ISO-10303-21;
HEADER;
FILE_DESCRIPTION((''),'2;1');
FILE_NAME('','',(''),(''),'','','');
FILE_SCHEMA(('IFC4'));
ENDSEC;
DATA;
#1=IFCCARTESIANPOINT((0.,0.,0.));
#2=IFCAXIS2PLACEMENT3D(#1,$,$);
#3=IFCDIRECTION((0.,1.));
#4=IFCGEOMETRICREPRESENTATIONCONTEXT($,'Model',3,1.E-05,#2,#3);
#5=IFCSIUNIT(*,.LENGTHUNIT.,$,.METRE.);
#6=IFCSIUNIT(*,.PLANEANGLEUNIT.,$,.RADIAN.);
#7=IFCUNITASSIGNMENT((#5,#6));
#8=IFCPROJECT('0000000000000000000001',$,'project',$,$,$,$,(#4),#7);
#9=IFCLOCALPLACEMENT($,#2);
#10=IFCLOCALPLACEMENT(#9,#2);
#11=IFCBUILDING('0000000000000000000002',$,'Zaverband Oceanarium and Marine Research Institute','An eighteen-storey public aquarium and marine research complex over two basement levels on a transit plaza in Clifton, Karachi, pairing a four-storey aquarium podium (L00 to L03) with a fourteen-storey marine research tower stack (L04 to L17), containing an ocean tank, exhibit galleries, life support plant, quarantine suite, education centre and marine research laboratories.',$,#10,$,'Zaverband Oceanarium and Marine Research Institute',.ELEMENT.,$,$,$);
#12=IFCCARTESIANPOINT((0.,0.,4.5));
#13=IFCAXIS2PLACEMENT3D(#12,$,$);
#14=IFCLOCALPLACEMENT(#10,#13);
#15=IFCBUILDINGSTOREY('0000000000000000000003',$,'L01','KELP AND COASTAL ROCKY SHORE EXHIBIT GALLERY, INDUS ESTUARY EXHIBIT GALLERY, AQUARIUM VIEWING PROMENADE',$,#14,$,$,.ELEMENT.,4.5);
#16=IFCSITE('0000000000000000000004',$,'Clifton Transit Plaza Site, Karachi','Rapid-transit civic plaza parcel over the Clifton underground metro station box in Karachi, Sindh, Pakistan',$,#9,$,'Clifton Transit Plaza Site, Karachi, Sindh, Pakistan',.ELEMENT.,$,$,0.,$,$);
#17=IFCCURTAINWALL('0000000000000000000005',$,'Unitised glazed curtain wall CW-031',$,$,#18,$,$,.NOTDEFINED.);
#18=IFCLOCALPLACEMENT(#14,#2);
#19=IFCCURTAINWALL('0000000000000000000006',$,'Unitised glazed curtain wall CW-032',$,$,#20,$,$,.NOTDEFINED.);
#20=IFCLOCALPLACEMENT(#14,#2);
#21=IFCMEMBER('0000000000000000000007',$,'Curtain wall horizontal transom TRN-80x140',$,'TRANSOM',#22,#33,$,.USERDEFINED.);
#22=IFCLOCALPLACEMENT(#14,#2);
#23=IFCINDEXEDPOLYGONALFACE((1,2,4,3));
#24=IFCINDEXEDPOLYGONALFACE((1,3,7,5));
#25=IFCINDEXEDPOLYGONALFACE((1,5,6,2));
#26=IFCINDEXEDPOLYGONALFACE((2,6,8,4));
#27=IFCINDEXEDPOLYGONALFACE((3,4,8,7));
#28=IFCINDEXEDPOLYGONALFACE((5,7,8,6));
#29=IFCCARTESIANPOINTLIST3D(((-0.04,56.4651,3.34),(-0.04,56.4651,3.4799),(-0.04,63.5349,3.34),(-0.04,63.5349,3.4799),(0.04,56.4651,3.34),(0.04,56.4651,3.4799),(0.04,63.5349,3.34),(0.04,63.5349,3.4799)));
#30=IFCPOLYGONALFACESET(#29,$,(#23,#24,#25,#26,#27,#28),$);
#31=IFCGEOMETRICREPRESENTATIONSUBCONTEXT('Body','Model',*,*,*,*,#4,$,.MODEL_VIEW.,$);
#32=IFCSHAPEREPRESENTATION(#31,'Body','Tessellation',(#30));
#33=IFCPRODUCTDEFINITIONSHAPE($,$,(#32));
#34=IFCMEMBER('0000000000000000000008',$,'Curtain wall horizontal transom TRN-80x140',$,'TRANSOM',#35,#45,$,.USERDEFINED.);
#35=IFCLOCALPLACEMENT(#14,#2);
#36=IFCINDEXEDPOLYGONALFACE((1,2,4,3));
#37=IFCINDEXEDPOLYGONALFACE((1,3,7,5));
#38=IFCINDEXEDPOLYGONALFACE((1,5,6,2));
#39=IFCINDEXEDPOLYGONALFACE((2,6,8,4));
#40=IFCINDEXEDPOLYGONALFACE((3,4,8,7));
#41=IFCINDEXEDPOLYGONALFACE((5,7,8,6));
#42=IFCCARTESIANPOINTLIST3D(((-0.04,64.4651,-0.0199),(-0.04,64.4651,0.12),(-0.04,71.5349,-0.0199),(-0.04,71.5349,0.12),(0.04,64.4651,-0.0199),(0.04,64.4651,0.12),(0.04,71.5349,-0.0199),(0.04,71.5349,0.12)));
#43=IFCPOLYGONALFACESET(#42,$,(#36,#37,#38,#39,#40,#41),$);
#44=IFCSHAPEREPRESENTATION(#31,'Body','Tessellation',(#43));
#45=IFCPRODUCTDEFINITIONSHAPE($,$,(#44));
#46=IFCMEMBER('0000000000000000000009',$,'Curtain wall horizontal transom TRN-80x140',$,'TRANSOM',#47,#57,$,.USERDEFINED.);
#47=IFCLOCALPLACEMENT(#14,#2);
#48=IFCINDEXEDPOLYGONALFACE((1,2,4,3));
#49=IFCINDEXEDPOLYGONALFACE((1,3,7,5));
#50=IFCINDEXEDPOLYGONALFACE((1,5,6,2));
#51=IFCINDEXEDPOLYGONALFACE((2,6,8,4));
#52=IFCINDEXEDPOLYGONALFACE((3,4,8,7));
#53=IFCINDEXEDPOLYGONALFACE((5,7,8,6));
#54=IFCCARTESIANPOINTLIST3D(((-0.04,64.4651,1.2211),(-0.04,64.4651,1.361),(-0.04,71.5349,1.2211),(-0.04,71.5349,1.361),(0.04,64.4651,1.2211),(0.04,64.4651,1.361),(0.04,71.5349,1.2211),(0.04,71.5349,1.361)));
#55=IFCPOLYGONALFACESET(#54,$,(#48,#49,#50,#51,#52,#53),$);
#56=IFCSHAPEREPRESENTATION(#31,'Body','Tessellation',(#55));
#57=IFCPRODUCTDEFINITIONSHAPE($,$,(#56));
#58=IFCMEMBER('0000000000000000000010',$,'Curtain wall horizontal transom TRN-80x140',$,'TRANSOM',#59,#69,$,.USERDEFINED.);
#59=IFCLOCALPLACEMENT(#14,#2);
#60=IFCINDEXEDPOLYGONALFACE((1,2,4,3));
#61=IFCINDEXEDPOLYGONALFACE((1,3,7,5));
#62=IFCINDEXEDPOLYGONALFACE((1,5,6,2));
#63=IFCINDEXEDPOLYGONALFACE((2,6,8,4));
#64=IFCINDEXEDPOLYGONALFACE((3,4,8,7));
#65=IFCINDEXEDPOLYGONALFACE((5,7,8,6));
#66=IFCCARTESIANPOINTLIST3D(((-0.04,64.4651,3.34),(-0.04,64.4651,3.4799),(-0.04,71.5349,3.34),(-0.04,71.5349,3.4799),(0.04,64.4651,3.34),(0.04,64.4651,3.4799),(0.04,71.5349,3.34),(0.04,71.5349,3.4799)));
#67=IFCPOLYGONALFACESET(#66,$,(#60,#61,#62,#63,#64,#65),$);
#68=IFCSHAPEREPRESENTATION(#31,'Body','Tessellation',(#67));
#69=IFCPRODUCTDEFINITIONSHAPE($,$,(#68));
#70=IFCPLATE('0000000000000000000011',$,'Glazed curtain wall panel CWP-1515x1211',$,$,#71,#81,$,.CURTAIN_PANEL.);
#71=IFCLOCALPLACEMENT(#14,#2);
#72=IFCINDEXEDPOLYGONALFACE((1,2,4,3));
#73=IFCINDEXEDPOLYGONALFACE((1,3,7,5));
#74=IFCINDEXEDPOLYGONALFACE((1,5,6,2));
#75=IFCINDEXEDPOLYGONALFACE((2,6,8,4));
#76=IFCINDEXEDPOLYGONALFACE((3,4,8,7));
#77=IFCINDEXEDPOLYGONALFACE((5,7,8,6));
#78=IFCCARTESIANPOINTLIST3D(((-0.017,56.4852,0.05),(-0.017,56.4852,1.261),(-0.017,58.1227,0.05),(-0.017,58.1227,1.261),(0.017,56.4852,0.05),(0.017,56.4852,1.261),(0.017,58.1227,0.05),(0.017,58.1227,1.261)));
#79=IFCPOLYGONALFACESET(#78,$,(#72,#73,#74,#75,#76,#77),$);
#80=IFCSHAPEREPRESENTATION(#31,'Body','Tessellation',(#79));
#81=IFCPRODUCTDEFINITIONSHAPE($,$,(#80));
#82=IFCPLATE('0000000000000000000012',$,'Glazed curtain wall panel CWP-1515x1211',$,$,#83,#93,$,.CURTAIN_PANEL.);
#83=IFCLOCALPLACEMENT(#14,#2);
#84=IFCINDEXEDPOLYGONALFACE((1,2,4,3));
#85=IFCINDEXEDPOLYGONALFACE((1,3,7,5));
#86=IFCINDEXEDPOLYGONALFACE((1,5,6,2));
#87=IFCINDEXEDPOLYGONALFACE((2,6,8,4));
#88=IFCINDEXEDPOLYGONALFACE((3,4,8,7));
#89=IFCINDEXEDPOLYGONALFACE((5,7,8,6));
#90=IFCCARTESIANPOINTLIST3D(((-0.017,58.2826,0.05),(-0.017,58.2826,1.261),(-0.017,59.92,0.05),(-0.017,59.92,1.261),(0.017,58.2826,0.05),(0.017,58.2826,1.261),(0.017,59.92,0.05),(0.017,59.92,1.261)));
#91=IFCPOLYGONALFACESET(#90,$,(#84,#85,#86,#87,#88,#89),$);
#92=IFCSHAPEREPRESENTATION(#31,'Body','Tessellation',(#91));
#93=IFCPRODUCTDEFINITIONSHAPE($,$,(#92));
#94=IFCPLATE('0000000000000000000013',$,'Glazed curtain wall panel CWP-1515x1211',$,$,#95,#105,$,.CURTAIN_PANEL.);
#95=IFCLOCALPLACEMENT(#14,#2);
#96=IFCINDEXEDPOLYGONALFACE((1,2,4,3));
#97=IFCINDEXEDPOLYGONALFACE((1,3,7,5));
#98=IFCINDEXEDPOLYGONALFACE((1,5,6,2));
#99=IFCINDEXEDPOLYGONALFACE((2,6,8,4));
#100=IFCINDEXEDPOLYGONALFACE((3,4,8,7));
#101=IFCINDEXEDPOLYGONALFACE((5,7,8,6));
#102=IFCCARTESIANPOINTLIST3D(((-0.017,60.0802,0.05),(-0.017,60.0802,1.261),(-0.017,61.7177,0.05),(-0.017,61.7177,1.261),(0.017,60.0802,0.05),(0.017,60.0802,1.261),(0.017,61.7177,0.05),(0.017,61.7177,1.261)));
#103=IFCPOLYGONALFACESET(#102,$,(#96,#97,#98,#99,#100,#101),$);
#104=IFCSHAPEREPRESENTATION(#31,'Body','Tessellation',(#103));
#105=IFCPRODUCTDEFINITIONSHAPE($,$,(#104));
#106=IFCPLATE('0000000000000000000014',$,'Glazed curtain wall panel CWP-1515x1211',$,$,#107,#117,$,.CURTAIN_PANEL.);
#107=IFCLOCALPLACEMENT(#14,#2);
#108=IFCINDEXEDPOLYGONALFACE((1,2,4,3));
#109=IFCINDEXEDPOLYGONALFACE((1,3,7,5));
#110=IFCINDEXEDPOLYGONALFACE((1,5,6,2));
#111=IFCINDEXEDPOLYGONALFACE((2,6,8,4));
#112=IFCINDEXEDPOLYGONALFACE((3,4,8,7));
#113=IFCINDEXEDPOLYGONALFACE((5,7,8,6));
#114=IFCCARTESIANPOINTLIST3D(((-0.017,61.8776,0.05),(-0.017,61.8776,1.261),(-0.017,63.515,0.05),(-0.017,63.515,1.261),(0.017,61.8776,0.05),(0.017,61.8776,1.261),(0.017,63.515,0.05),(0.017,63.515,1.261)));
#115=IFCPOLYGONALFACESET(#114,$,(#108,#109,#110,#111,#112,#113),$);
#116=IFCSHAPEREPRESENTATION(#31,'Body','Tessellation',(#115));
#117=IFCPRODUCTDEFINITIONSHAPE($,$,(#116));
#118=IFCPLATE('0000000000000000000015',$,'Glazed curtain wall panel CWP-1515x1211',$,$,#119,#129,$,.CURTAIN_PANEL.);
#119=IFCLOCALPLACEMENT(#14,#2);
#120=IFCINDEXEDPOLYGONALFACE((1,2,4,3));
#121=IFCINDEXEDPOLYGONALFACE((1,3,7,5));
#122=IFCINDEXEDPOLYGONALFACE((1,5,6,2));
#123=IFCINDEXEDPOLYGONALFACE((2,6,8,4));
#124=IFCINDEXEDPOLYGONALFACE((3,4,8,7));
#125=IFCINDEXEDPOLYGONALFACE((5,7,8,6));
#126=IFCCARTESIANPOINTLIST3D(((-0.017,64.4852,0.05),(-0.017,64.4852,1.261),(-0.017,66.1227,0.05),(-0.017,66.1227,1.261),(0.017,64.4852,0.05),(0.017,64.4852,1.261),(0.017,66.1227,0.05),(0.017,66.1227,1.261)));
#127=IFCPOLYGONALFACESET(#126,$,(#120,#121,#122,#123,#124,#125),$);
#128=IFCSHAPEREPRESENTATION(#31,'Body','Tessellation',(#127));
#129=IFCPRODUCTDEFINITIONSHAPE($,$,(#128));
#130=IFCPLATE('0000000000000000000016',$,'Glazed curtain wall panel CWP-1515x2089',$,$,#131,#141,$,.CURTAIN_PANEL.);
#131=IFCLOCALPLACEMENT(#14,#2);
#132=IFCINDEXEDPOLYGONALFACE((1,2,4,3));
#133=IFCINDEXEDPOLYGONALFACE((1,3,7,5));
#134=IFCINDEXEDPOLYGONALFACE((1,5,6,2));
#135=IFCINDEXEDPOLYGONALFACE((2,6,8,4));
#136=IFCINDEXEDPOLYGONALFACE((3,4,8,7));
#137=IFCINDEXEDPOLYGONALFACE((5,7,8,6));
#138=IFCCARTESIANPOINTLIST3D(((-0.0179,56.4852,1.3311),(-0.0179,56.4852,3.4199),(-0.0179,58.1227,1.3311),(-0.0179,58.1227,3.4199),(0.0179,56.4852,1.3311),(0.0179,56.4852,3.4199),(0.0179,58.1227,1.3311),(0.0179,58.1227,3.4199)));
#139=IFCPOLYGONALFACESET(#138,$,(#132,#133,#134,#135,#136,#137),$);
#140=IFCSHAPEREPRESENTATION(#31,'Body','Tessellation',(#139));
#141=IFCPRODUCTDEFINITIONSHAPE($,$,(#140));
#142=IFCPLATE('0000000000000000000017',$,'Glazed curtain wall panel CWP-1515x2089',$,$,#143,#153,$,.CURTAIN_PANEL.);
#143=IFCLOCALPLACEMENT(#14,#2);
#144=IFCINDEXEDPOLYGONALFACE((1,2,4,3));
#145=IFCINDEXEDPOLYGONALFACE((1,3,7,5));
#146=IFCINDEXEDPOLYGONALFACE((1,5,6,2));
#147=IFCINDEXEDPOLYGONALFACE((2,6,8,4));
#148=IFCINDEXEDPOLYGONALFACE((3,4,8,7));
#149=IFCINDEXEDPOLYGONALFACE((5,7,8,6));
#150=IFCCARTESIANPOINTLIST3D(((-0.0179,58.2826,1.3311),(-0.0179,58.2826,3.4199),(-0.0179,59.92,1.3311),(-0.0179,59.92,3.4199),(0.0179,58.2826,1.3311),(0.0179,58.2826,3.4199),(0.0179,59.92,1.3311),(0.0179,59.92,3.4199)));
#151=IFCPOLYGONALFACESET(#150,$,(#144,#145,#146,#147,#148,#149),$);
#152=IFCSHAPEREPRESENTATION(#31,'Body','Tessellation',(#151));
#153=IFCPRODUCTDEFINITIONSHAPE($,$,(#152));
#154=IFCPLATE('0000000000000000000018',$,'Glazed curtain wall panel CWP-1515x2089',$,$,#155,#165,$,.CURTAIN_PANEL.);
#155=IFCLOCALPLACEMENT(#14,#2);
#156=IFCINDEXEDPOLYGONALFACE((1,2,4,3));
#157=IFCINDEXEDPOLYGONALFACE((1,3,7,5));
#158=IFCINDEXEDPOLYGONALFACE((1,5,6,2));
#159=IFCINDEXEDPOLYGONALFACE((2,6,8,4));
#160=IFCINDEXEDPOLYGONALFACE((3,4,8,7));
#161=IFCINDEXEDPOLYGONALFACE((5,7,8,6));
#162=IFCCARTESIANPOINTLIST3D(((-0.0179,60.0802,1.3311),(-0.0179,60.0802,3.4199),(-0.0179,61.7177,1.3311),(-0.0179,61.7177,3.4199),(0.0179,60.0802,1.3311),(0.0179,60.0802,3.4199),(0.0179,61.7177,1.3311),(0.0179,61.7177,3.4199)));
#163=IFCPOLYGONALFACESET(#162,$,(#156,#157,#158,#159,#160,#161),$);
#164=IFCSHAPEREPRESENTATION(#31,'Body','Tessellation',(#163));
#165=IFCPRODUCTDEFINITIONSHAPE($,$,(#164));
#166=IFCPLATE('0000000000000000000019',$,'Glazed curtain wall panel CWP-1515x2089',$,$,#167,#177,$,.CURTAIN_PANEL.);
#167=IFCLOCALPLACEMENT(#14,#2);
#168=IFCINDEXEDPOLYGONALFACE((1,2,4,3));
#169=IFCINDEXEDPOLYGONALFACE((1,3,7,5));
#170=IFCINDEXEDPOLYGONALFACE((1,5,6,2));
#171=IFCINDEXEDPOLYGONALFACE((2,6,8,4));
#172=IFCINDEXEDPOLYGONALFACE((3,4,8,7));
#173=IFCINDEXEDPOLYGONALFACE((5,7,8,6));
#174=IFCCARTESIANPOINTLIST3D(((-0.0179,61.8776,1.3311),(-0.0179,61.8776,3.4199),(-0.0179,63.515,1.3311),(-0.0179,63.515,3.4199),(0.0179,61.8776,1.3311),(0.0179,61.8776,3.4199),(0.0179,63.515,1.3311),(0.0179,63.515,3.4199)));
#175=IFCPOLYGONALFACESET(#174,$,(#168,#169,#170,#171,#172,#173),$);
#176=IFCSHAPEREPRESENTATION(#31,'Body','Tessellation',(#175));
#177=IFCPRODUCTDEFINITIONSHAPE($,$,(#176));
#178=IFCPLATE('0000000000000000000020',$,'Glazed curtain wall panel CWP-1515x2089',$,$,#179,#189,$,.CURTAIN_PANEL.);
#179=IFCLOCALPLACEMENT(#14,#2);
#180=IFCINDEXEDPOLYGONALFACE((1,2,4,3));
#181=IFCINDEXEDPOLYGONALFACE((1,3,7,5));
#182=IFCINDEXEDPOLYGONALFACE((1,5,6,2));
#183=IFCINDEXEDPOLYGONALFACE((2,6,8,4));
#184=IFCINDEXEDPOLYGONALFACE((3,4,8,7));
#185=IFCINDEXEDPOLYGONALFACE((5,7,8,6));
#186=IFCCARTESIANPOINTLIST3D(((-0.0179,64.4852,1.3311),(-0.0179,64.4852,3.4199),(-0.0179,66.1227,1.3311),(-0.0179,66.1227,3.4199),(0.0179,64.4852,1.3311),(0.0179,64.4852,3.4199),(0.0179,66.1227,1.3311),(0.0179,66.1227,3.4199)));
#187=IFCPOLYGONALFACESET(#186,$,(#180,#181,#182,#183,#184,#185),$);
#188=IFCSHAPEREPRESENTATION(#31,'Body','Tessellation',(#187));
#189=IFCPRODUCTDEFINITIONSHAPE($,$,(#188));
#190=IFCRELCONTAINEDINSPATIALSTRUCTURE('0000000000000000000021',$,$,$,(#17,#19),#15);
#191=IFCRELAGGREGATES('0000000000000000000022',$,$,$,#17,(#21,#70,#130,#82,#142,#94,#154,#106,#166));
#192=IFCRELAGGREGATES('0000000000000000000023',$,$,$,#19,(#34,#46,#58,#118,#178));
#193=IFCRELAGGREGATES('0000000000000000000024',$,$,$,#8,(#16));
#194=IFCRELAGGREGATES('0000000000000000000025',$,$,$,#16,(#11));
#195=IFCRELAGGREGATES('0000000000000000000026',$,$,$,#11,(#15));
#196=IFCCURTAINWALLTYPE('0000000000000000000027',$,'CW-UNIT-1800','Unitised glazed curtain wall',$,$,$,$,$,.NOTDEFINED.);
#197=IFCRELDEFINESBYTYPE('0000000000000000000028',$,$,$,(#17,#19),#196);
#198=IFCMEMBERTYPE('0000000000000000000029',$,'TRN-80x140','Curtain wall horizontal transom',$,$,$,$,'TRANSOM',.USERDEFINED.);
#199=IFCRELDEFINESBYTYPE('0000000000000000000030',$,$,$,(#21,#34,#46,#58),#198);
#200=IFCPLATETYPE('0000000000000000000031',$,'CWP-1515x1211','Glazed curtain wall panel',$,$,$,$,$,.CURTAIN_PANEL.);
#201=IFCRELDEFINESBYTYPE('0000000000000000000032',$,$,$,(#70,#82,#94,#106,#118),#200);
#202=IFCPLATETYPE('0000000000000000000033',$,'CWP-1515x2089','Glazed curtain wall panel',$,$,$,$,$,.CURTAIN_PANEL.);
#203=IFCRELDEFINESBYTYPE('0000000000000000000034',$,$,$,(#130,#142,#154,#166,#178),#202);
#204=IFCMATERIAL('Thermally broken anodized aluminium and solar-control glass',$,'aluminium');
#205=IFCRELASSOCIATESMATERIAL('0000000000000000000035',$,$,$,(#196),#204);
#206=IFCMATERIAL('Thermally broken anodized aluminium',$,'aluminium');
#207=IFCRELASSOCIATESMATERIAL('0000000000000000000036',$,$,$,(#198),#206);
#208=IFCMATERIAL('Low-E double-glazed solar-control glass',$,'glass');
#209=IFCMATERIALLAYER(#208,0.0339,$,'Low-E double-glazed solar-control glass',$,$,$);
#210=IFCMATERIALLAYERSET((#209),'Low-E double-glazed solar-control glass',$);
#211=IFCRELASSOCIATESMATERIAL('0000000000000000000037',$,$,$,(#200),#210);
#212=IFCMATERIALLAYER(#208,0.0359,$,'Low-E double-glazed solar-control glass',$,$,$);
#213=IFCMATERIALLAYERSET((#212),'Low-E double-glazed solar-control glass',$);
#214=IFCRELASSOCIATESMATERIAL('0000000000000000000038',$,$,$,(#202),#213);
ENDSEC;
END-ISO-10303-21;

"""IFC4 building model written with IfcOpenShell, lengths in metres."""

from ifc_helpers import new_model, si_unit, direction, frame, frame_2d, origin, origin_2d, place, context, subcontext, project, spatial, rectangle, extrude, material, layer, layer_set, material_profile, profile_set, type_object, element, aggregate, save


model = new_model("IFC4")

# Units and contexts
model_context = context("Model", 3, precision=1e-05, world=origin(), true_north=direction((0.0, 1.0)))
body_context = subcontext(model_context, "Body", "Model", "MODEL_VIEW")
ifc_project = project(units=[si_unit("LENGTHUNIT", "METRE"), si_unit("PLANEANGLEUNIT", "RADIAN")], contexts=[model_context])

# Site, building, storey
site_placement = place(None, origin())
site = spatial("IfcSite", under=ifc_project, at=site_placement, Name="Clifton Transit Plaza Site, Karachi", Description="Rapid-transit civic plaza parcel over the Clifton underground metro station box in Karachi, Sindh, Pakistan", LongName="Clifton Transit Plaza Site, Karachi, Sindh, Pakistan", CompositionType="ELEMENT", RefElevation=0.0)
building_placement = place(site_placement, origin())
building = spatial("IfcBuilding", under=site, at=building_placement, Name="Zaverband Oceanarium and Marine Research Institute", Description="An eighteen-storey public aquarium and marine research complex over two basement levels on a transit plaza in Clifton, Karachi, pairing a four-storey aquarium podium (L00 to L03) with a fourteen-storey marine research tower stack (L04 to L17), containing an ocean tank, exhibit galleries, life support plant, quarantine suite, education centre and marine research laboratories.", LongName="Zaverband Oceanarium and Marine Research Institute", CompositionType="ELEMENT")
storey_placement = place(building_placement, frame((0.0, 0.0, 4.5)))
storey = spatial("IfcBuildingStorey", under=building, at=storey_placement, Name="L01", Description="KELP AND COASTAL ROCKY SHORE EXHIBIT GALLERY, INDUS ESTUARY EXHIBIT GALLERY, AQUARIUM VIEWING PROMENADE", CompositionType="ELEMENT", Elevation=4.5)

# Curtain walls
ifc_material_1 = material(Name="Thermally broken anodized aluminium and solar-control glass", Category="aluminium")
curtain_wall_type = type_object("IfcCurtainWallType", Name="CW-UNIT-1800", Description="Unitised glazed curtain wall", PredefinedType="NOTDEFINED", material=ifc_material_1)
curtain_wall_1_placement = place(storey_placement, origin())
curtain_wall_1 = element("IfcCurtainWall", 1, at=curtain_wall_1_placement, inside=storey, type_object=curtain_wall_type, Name="Unitised glazed curtain wall CW-031", PredefinedType="NOTDEFINED")
ifc_material_2 = material(Name="Thermally broken anodized aluminium", Category="aluminium")
curtain_wall_2_placement = place(storey_placement, origin())
curtain_wall_2 = element("IfcCurtainWall", 2, at=curtain_wall_2_placement, inside=storey, type_object=curtain_wall_type, Name="Unitised glazed curtain wall CW-032", PredefinedType="NOTDEFINED")

# Members
ifc_material_profile_1 = material_profile(ifc_material_2, rectangle(XDim=0.0801, YDim=0.1399, at=origin_2d()), Name="AL-TRN-80x140")
ifc_profile_set_1 = profile_set([ifc_material_profile_1], Name="Thermally broken anodized aluminium")
member_type_1 = type_object("IfcMemberType", Name="TRN-80x140", Description="Curtain wall horizontal transom", ElementType="TRANSOM", PredefinedType="USERDEFINED", material=ifc_profile_set_1)
member_1_placement = place(storey_placement, frame((0.0, 56.4651, 3.4099), z_axis=(0.0, 1.0, 0.0), x_axis=(-1.0, 0.0, 0.0)))
member_1 = element("IfcMember", 3, at=member_1_placement, type_object=member_type_1, Name="Curtain wall horizontal transom TRN-80x140", ObjectType="TRANSOM", PredefinedType="USERDEFINED", context=body_context, shape_type="SweptSolid", body=[
    extrude(rectangle(XDim=0.0801, YDim=0.1399, at=origin_2d()), origin(), (0.0, 0.0, 1.0), 7.0698),
])
member_2_placement = place(storey_placement, frame((0.0, 64.4651, 0.05), z_axis=(0.0, 1.0, 0.0), x_axis=(-1.0, 0.0, 0.0)))
member_2 = element("IfcMember", 4, at=member_2_placement, type_object=member_type_1, Name="Curtain wall horizontal transom TRN-80x140", ObjectType="TRANSOM", PredefinedType="USERDEFINED", context=body_context, shape_type="SweptSolid", body=[
    extrude(rectangle(XDim=0.0801, YDim=0.1399, at=origin_2d()), origin(), (0.0, 0.0, 1.0), 7.0698),
])
member_3_placement = place(storey_placement, frame((0.0, 64.4651, 1.291), z_axis=(0.0, 1.0, 0.0), x_axis=(-1.0, 0.0, 0.0)))
member_3 = element("IfcMember", 5, at=member_3_placement, type_object=member_type_1, Name="Curtain wall horizontal transom TRN-80x140", ObjectType="TRANSOM", PredefinedType="USERDEFINED", context=body_context, shape_type="SweptSolid", body=[
    extrude(rectangle(XDim=0.0801, YDim=0.1399, at=origin_2d()), origin(), (0.0, 0.0, 1.0), 7.0698),
])
member_4_placement = place(storey_placement, frame((0.0, 64.4651, 3.4099), z_axis=(0.0, 1.0, 0.0), x_axis=(-1.0, 0.0, 0.0)))
member_4 = element("IfcMember", 6, at=member_4_placement, type_object=member_type_1, Name="Curtain wall horizontal transom TRN-80x140", ObjectType="TRANSOM", PredefinedType="USERDEFINED", context=body_context, shape_type="SweptSolid", body=[
    extrude(rectangle(XDim=0.0801, YDim=0.1399, at=origin_2d()), origin(), (0.0, 0.0, 1.0), 7.0698),
])

# Plates
ifc_material_3 = material(Name="Low-E double-glazed solar-control glass", Category="glass")
ifc_layer_1 = layer(ifc_material_3, 0.0339, Name="Low-E double-glazed solar-control glass")
ifc_layer_set_1 = layer_set([ifc_layer_1], Name="Low-E double-glazed solar-control glass")
plate_type_1 = type_object("IfcPlateType", Name="CWP-1515x1211", Description="Glazed curtain wall panel", PredefinedType="CURTAIN_PANEL", material=ifc_layer_set_1)
plate_1_placement = place(storey_placement, frame((0.0, 56.4851, 0.05), z_axis=(0.0, 0.0, 1.0), x_axis=(0.0, 1.0, 0.0)))
plate_1 = element("IfcPlate", 7, at=plate_1_placement, type_object=plate_type_1, Name="Glazed curtain wall panel CWP-1515x1211", PredefinedType="CURTAIN_PANEL", context=body_context, shape_type="SweptSolid", body=[
    extrude(rectangle(XDim=1.6375, YDim=0.0339, at=frame_2d((0.8188, 0.0))), origin(), (0.0, 0.0, 1.0), 1.2109),
])
plate_2_placement = place(storey_placement, frame((0.0, 58.2825, 0.05), z_axis=(0.0, 0.0, 1.0), x_axis=(0.0, 1.0, 0.0)))
plate_2 = element("IfcPlate", 8, at=plate_2_placement, type_object=plate_type_1, Name="Glazed curtain wall panel CWP-1515x1211", PredefinedType="CURTAIN_PANEL", context=body_context, shape_type="SweptSolid", body=[
    extrude(rectangle(XDim=1.6375, YDim=0.0339, at=frame_2d((0.8188, 0.0))), origin(), (0.0, 0.0, 1.0), 1.2109),
])
plate_3_placement = place(storey_placement, frame((0.0, 60.0801, 0.05), z_axis=(0.0, 0.0, 1.0), x_axis=(0.0, 1.0, 0.0)))
plate_3 = element("IfcPlate", 9, at=plate_3_placement, type_object=plate_type_1, Name="Glazed curtain wall panel CWP-1515x1211", PredefinedType="CURTAIN_PANEL", context=body_context, shape_type="SweptSolid", body=[
    extrude(rectangle(XDim=1.6375, YDim=0.0339, at=frame_2d((0.8188, 0.0))), origin(), (0.0, 0.0, 1.0), 1.2109),
])
plate_4_placement = place(storey_placement, frame((0.0, 61.8774, 0.05), z_axis=(0.0, 0.0, 1.0), x_axis=(0.0, 1.0, 0.0)))
plate_4 = element("IfcPlate", 10, at=plate_4_placement, type_object=plate_type_1, Name="Glazed curtain wall panel CWP-1515x1211", PredefinedType="CURTAIN_PANEL", context=body_context, shape_type="SweptSolid", body=[
    extrude(rectangle(XDim=1.6375, YDim=0.0339, at=frame_2d((0.8188, 0.0))), origin(), (0.0, 0.0, 1.0), 1.2109),
])
plate_5_placement = place(storey_placement, frame((0.0, 64.4851, 0.05), z_axis=(0.0, 0.0, 1.0), x_axis=(0.0, 1.0, 0.0)))
plate_5 = element("IfcPlate", 11, at=plate_5_placement, type_object=plate_type_1, Name="Glazed curtain wall panel CWP-1515x1211", PredefinedType="CURTAIN_PANEL", context=body_context, shape_type="SweptSolid", body=[
    extrude(rectangle(XDim=1.6375, YDim=0.0339, at=frame_2d((0.8188, 0.0))), origin(), (0.0, 0.0, 1.0), 1.2109),
])
ifc_layer_2 = layer(ifc_material_3, 0.0359, Name="Low-E double-glazed solar-control glass")
ifc_layer_set_2 = layer_set([ifc_layer_2], Name="Low-E double-glazed solar-control glass")
plate_type_2 = type_object("IfcPlateType", Name="CWP-1515x2089", Description="Glazed curtain wall panel", PredefinedType="CURTAIN_PANEL", material=ifc_layer_set_2)
plate_6_placement = place(storey_placement, frame((0.0, 56.4851, 1.3311), z_axis=(0.0, 0.0, 1.0), x_axis=(0.0, 1.0, 0.0)))
plate_6 = element("IfcPlate", 12, at=plate_6_placement, type_object=plate_type_2, Name="Glazed curtain wall panel CWP-1515x2089", PredefinedType="CURTAIN_PANEL", context=body_context, shape_type="SweptSolid", body=[
    extrude(rectangle(XDim=1.6375, YDim=0.0359, at=frame_2d((0.8188, 0.0))), origin(), (0.0, 0.0, 1.0), 2.0889),
])
plate_7_placement = place(storey_placement, frame((0.0, 58.2825, 1.3311), z_axis=(0.0, 0.0, 1.0), x_axis=(0.0, 1.0, 0.0)))
plate_7 = element("IfcPlate", 13, at=plate_7_placement, type_object=plate_type_2, Name="Glazed curtain wall panel CWP-1515x2089", PredefinedType="CURTAIN_PANEL", context=body_context, shape_type="SweptSolid", body=[
    extrude(rectangle(XDim=1.6375, YDim=0.0359, at=frame_2d((0.8188, 0.0))), origin(), (0.0, 0.0, 1.0), 2.0889),
])
plate_8_placement = place(storey_placement, frame((0.0, 60.0801, 1.3311), z_axis=(0.0, 0.0, 1.0), x_axis=(0.0, 1.0, 0.0)))
plate_8 = element("IfcPlate", 14, at=plate_8_placement, type_object=plate_type_2, Name="Glazed curtain wall panel CWP-1515x2089", PredefinedType="CURTAIN_PANEL", context=body_context, shape_type="SweptSolid", body=[
    extrude(rectangle(XDim=1.6375, YDim=0.0359, at=frame_2d((0.8188, 0.0))), origin(), (0.0, 0.0, 1.0), 2.0889),
])
plate_9_placement = place(storey_placement, frame((0.0, 61.8774, 1.3311), z_axis=(0.0, 0.0, 1.0), x_axis=(0.0, 1.0, 0.0)))
plate_9 = element("IfcPlate", 15, at=plate_9_placement, type_object=plate_type_2, Name="Glazed curtain wall panel CWP-1515x2089", PredefinedType="CURTAIN_PANEL", context=body_context, shape_type="SweptSolid", body=[
    extrude(rectangle(XDim=1.6375, YDim=0.0359, at=frame_2d((0.8188, 0.0))), origin(), (0.0, 0.0, 1.0), 2.0889),
])
aggregate(curtain_wall_1, [member_1, plate_1, plate_6, plate_2, plate_7, plate_3, plate_8, plate_4, plate_9])
plate_10_placement = place(storey_placement, frame((0.0, 64.4851, 1.3311), z_axis=(0.0, 0.0, 1.0), x_axis=(0.0, 1.0, 0.0)))
plate_10 = element("IfcPlate", 16, at=plate_10_placement, type_object=plate_type_2, Name="Glazed curtain wall panel CWP-1515x2089", PredefinedType="CURTAIN_PANEL", context=body_context, shape_type="SweptSolid", body=[
    extrude(rectangle(XDim=1.6375, YDim=0.0359, at=frame_2d((0.8188, 0.0))), origin(), (0.0, 0.0, 1.0), 2.0889),
])
aggregate(curtain_wall_2, [member_2, member_3, member_4, plate_5, plate_10])

save(model, "model.ifc")
